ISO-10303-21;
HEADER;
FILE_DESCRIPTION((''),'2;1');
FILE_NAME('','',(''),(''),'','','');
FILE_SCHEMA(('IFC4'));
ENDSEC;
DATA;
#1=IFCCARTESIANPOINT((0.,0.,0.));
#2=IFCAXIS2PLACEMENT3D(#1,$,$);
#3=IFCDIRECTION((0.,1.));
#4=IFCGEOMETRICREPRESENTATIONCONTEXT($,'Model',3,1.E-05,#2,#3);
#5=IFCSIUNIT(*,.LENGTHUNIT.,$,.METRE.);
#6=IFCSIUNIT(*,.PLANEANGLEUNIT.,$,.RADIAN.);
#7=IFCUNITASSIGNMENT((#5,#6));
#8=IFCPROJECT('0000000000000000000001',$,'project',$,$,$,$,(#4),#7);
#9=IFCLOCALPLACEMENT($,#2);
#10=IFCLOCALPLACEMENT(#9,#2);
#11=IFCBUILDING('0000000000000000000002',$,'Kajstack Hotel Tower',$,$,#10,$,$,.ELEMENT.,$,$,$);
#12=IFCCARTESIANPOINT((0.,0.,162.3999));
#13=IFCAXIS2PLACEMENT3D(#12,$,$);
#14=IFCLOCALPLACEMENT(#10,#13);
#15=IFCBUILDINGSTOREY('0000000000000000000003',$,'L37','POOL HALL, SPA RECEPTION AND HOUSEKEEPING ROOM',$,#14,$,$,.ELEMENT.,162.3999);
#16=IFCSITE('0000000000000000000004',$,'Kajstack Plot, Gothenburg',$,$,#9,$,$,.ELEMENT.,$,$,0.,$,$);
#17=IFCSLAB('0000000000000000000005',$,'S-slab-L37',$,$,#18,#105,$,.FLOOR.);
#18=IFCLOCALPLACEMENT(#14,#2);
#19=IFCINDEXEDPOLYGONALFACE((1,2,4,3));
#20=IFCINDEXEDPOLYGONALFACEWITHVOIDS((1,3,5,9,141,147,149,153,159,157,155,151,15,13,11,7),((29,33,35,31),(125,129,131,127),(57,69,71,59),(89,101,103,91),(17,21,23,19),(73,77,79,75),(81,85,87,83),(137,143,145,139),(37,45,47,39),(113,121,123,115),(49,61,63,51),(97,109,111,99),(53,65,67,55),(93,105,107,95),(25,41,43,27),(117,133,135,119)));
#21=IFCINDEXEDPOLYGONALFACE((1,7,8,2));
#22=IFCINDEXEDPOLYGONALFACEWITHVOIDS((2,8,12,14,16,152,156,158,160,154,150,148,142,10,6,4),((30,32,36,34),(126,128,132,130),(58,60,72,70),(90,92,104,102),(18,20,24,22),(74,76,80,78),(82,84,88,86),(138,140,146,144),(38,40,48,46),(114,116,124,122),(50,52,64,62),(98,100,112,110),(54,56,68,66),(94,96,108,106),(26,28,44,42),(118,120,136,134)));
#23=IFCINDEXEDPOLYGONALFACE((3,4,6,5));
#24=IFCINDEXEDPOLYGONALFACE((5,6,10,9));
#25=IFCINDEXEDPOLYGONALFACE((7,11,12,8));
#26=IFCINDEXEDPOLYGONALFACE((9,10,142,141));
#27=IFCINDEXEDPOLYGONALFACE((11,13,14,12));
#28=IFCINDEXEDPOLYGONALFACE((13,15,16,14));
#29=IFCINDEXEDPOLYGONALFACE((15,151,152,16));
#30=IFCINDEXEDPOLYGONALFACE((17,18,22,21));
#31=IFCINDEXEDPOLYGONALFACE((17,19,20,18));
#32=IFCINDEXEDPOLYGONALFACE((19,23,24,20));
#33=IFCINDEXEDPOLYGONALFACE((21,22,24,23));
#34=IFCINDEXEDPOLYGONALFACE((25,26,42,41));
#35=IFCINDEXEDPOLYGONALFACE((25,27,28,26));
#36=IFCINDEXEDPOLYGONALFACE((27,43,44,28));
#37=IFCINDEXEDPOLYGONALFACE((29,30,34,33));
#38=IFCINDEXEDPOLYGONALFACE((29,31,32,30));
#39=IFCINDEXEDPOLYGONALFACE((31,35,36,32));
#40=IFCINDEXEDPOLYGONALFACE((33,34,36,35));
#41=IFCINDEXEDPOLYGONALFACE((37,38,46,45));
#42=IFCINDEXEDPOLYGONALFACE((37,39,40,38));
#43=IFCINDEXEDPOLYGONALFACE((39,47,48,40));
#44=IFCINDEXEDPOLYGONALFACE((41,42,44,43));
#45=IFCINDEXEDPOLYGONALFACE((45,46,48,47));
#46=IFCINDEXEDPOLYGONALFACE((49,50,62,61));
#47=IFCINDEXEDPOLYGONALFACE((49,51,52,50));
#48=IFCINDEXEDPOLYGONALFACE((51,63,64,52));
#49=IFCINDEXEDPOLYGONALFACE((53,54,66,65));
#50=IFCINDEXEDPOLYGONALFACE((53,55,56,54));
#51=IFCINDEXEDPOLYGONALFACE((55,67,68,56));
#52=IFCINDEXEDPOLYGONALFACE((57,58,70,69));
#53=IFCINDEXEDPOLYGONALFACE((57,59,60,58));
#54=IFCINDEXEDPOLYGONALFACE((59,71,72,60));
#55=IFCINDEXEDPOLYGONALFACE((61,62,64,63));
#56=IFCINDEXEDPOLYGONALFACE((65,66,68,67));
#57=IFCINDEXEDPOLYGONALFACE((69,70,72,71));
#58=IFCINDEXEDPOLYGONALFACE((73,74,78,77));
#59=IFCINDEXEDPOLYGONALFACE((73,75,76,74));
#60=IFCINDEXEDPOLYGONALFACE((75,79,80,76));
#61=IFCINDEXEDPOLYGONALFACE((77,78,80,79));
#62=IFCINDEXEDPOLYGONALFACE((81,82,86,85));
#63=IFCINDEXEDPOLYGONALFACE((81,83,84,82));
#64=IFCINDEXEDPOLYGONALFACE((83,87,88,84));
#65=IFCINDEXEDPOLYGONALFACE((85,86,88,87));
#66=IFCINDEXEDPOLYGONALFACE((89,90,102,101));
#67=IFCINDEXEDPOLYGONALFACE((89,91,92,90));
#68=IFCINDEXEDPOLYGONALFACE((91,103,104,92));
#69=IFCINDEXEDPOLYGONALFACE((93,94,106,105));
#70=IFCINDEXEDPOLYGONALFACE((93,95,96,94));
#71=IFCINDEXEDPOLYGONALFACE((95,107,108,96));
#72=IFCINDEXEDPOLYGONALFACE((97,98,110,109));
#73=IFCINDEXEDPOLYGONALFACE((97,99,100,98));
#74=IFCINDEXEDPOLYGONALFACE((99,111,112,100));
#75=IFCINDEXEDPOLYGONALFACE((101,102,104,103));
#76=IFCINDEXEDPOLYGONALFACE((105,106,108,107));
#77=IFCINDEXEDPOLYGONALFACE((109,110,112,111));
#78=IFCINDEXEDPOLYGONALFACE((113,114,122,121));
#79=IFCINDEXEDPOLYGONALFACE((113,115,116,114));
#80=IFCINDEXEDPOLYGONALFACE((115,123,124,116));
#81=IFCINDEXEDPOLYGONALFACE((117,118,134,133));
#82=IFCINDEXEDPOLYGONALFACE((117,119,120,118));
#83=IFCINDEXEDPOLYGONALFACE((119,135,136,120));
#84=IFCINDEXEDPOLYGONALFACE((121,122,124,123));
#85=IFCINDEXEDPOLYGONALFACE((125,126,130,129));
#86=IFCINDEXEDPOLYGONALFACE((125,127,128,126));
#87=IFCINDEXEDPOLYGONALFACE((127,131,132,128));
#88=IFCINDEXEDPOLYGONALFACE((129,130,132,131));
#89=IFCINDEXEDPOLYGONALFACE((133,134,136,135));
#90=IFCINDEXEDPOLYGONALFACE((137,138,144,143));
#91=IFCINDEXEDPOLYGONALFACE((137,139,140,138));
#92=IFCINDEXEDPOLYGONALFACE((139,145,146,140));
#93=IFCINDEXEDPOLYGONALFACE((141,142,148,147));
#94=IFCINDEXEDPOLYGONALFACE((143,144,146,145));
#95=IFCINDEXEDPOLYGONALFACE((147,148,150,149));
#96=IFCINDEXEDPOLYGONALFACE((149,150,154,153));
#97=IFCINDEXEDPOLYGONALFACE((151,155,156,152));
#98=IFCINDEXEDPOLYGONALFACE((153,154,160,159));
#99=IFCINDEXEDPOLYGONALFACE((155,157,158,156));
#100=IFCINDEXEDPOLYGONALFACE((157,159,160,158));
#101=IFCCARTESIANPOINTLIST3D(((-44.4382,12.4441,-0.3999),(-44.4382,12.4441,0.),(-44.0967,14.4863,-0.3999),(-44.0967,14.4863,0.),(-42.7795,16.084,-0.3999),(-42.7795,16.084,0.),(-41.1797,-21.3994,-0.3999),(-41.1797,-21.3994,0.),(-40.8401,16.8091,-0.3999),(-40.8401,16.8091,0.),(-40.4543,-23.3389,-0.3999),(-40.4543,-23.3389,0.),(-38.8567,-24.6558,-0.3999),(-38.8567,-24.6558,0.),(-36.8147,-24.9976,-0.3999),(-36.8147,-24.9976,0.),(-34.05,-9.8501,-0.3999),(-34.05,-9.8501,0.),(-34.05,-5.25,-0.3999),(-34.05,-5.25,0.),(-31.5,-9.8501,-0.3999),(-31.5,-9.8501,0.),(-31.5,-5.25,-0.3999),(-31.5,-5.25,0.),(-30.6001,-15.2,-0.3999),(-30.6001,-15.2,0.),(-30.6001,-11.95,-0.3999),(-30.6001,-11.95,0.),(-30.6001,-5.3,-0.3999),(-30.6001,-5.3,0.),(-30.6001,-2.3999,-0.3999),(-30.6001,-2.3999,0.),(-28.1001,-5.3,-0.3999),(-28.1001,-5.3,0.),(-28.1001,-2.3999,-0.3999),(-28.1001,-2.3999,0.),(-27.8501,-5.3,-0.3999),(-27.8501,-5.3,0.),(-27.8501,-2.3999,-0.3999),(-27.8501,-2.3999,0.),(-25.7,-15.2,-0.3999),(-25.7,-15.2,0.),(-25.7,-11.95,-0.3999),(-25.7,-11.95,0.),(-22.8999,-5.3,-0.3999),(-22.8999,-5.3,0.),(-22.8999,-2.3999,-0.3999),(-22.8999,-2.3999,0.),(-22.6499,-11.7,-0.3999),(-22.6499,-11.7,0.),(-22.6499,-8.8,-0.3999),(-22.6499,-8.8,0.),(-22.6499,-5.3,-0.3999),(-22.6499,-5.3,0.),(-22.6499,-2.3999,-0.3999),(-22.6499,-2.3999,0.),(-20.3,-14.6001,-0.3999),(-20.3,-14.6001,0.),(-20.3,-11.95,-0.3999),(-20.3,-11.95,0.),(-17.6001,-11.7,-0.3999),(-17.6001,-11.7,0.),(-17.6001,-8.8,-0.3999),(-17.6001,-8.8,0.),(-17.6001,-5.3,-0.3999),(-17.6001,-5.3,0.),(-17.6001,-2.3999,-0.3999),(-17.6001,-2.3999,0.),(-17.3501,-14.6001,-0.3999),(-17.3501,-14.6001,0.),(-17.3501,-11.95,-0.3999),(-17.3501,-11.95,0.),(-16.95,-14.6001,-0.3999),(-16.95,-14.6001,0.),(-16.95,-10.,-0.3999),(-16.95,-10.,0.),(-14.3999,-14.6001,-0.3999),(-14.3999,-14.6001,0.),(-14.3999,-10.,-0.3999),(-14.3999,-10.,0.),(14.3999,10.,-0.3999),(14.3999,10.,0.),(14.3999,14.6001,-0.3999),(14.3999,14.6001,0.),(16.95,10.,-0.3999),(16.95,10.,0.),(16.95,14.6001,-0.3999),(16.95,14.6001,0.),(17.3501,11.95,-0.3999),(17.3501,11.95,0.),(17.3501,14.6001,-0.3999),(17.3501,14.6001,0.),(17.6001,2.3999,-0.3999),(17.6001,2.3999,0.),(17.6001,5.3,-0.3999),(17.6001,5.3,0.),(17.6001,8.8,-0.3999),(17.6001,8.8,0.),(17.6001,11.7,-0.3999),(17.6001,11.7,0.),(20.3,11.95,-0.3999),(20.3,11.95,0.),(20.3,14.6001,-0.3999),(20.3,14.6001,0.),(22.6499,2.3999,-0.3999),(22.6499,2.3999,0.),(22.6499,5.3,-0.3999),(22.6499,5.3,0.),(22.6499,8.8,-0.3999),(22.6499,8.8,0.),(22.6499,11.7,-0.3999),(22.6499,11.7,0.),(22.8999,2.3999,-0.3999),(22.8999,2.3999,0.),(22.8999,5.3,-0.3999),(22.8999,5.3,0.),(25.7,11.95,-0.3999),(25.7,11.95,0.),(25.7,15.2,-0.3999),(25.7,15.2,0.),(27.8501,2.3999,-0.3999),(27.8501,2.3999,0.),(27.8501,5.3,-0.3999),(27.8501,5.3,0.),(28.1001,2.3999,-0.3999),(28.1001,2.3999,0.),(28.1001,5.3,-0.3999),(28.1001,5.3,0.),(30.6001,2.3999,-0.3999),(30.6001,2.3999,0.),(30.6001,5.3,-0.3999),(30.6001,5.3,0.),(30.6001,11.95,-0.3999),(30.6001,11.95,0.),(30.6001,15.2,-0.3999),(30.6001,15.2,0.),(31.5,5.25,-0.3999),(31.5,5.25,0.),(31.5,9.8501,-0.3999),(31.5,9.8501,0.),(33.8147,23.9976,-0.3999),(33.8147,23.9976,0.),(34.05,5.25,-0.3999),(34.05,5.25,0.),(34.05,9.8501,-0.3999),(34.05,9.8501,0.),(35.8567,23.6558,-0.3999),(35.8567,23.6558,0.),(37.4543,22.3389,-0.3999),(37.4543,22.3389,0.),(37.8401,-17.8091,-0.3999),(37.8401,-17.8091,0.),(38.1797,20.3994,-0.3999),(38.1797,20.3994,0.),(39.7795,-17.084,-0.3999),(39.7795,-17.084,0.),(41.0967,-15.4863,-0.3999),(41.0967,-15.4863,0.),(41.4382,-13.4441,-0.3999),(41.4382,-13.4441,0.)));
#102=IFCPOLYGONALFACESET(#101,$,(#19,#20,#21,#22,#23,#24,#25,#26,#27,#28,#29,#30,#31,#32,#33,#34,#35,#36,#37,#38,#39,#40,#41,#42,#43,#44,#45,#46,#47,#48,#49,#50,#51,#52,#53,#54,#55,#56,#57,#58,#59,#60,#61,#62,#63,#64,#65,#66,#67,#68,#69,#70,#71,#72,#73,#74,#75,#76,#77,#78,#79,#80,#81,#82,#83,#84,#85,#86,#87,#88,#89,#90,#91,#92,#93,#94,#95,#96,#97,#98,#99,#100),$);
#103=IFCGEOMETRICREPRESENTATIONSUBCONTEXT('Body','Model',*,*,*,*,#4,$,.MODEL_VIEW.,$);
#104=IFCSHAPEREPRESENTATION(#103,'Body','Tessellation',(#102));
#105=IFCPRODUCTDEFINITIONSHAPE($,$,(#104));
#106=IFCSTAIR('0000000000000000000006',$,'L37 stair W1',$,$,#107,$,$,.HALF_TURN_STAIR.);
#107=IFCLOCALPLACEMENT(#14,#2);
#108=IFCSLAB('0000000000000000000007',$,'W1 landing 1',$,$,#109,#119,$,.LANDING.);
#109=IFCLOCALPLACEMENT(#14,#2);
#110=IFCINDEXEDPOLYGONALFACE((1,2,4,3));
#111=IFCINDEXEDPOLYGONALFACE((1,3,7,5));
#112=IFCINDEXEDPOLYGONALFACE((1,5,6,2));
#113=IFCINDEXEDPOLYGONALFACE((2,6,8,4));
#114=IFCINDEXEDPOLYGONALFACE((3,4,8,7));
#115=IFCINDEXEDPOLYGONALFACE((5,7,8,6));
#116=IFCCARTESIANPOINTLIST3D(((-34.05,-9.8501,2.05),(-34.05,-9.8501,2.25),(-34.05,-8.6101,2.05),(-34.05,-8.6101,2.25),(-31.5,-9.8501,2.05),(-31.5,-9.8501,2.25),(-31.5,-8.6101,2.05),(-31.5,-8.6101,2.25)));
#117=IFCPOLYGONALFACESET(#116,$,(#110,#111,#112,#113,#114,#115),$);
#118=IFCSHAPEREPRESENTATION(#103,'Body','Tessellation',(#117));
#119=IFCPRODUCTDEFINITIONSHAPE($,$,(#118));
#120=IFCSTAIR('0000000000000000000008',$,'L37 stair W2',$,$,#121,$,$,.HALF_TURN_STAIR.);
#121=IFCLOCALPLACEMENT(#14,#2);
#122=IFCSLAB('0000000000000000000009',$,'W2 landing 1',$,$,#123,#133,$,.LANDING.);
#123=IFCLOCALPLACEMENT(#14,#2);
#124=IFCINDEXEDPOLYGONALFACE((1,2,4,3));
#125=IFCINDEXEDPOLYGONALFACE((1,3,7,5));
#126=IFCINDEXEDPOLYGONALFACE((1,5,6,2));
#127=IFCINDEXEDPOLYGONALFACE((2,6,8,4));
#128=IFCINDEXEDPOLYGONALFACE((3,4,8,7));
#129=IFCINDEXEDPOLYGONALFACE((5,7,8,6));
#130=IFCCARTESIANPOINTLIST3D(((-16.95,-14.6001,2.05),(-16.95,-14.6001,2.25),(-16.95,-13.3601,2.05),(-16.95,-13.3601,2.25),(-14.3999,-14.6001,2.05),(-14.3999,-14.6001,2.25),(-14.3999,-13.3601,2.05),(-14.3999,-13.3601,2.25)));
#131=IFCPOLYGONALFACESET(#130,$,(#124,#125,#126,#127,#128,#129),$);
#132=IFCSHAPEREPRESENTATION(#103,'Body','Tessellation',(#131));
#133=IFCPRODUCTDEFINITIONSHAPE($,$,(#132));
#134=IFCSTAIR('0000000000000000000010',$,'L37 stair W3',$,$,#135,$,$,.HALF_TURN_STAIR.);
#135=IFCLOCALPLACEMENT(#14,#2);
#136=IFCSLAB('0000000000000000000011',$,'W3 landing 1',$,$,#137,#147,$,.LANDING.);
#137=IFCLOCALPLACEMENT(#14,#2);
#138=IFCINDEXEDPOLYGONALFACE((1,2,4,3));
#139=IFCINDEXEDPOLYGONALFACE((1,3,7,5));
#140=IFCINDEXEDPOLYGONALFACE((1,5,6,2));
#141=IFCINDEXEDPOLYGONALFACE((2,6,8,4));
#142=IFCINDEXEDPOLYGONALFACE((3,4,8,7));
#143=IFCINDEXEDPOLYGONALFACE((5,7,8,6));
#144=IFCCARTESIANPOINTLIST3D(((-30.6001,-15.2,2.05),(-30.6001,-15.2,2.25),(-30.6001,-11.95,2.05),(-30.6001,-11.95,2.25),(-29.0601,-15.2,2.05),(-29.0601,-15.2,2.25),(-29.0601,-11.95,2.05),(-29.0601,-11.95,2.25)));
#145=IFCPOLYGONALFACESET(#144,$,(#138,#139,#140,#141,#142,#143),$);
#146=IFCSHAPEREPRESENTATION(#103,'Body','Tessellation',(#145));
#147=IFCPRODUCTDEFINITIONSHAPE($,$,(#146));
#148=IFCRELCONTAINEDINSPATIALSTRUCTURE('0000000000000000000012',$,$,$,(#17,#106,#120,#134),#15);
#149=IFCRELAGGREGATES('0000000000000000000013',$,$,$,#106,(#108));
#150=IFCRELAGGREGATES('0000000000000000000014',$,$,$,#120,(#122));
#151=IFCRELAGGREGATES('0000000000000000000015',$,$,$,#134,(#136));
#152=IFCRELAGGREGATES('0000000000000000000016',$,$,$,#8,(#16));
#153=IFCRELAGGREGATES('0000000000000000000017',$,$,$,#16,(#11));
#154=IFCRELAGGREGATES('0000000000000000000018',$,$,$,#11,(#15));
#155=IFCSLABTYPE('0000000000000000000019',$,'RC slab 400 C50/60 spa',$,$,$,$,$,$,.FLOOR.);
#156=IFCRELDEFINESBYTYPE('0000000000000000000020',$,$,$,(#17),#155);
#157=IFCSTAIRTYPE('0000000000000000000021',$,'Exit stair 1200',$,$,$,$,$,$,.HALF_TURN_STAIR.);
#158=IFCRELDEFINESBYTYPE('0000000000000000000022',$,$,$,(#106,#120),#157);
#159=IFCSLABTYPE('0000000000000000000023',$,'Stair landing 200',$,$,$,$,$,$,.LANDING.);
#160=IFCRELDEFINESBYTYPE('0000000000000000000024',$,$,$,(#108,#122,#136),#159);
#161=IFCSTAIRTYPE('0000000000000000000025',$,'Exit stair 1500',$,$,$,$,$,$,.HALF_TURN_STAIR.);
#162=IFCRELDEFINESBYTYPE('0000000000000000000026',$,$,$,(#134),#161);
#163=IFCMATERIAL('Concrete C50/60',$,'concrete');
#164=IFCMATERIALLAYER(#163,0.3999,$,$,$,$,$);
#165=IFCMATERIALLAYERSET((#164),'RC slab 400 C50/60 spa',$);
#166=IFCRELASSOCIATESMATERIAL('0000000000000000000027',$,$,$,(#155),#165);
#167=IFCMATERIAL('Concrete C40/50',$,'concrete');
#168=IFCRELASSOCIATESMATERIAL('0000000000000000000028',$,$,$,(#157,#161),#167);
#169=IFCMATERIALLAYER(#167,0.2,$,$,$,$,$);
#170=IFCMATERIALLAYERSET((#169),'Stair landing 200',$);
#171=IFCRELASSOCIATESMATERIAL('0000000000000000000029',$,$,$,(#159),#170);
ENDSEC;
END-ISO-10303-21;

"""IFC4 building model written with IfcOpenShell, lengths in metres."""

from ifc_helpers import new_model, si_unit, direction, frame, origin, place, context, subcontext, project, spatial, polyline, outline, extrude, material, layer, layer_set, type_object, element, aggregate, save


model = new_model("IFC4")

# Units and contexts
model_context = context("Model", 3, precision=1e-05, world=origin(), true_north=direction((0.0, 1.0)))
body_context = subcontext(model_context, "Body", "Model", "MODEL_VIEW")
ifc_project = project(units=[si_unit("LENGTHUNIT", "METRE"), si_unit("PLANEANGLEUNIT", "RADIAN")], contexts=[model_context])

# Site, building, storey
site_placement = place(None, origin())
site = spatial("IfcSite", under=ifc_project, at=site_placement, Name="Kajstack Plot, Gothenburg", CompositionType="ELEMENT", RefElevation=0.0)
building_placement = place(site_placement, origin())
building = spatial("IfcBuilding", under=site, at=building_placement, Name="Kajstack Hotel Tower", CompositionType="ELEMENT")
storey_placement = place(building_placement, frame((0.0, 0.0, 162.3999)))
storey = spatial("IfcBuildingStorey", under=building, at=storey_placement, Name="L37", Description="POOL HALL, SPA RECEPTION AND HOUSEKEEPING ROOM", CompositionType="ELEMENT", Elevation=162.3999)

# Shared definitions
ifc_material_1 = material(Name="Concrete C50/60", Category="concrete")

# Slab
ifc_layer_1 = layer(ifc_material_1, 0.3999)
ifc_layer_set_1 = layer_set([ifc_layer_1], Name="RC slab 400 C50/60 spa")
slab_type_1 = type_object("IfcSlabType", Name="RC slab 400 C50/60 spa", PredefinedType="FLOOR", material=ifc_layer_set_1)
slab_1_placement = place(storey_placement, frame((0.0, 0.0, -0.3999)))
element("IfcSlab", 1, at=slab_1_placement, inside=storey, type_object=slab_type_1, Name="S-slab-L37", PredefinedType="FLOOR", context=body_context, shape_type="SweptSolid", body=[
    extrude(outline(polyline([(-44.4382, 12.4441), (-41.1797, -21.3994), (-40.4543, -23.3389), (-38.8567, -24.6558), (-36.8147, -24.9976), (37.8401, -17.8091), (39.7795, -17.084), (41.0967, -15.4863), (41.4382, -13.4441), (38.1797, 20.3994), (37.4543, 22.3389), (35.8567, 23.6558), (33.8147, 23.9976), (-40.8401, 16.8091), (-42.7795, 16.084), (-44.0967, 14.4863), (-44.4382, 12.4441)]), holes=[polyline([(-22.6499, -11.7), (-22.6499, -8.8), (-17.6001, -8.8), (-17.6001, -11.7), (-22.6499, -11.7)]), polyline([(-27.8501, -5.3), (-27.8501, -2.3999), (-22.8999, -2.3999), (-22.8999, -5.3), (-27.8501, -5.3)]), polyline([(-22.6499, -5.3), (-22.6499, -2.3999), (-17.6001, -2.3999), (-17.6001, -5.3), (-22.6499, -5.3)]), polyline([(-20.3, -14.6001), (-17.3501, -14.6001), (-17.3501, -11.95), (-20.3, -11.95), (-20.3, -14.6001)]), polyline([(-30.6001, -5.3), (-28.1001, -5.3), (-28.1001, -2.3999), (-30.6001, -2.3999), (-30.6001, -5.3)]), polyline([(17.6001, 8.8), (17.6001, 11.7), (22.6499, 11.7), (22.6499, 8.8), (17.6001, 8.8)]), polyline([(22.8999, 2.3999), (22.8999, 5.3), (27.8501, 5.3), (27.8501, 2.3999), (22.8999, 2.3999)]), polyline([(17.6001, 2.3999), (17.6001, 5.3), (22.6499, 5.3), (22.6499, 2.3999), (17.6001, 2.3999)]), polyline([(20.3, 14.6001), (17.3501, 14.6001), (17.3501, 11.95), (20.3, 11.95), (20.3, 14.6001)]), polyline([(30.6001, 5.3), (28.1001, 5.3), (28.1001, 2.3999), (30.6001, 2.3999), (30.6001, 5.3)]), polyline([(-34.05, -9.8501), (-31.5, -9.8501), (-31.5, -5.25), (-34.05, -5.25), (-34.05, -9.8501)]), polyline([(-16.95, -14.6001), (-14.3999, -14.6001), (-14.3999, -10.0), (-16.95, -10.0), (-16.95, -14.6001)]), polyline([(-30.6001, -15.2), (-25.7, -15.2), (-25.7, -11.95), (-30.6001, -11.95), (-30.6001, -15.2)]), polyline([(34.05, 9.8501), (31.5, 9.8501), (31.5, 5.25), (34.05, 5.25), (34.05, 9.8501)]), polyline([(16.95, 14.6001), (14.3999, 14.6001), (14.3999, 10.0), (16.95, 10.0), (16.95, 14.6001)]), polyline([(30.6001, 15.2), (25.7, 15.2), (25.7, 11.95), (30.6001, 11.95), (30.6001, 15.2)])]), origin(), (0.0, 0.0, 1.0), 0.3999),
])

# Stairs, slabs
ifc_material_2 = material(Name="Concrete C40/50", Category="concrete")
stair_type_1 = type_object("IfcStairType", Name="Exit stair 1200", PredefinedType="HALF_TURN_STAIR", material=ifc_material_2)
stair_1_placement = place(storey_placement, origin())
stair_1 = element("IfcStair", 2, at=stair_1_placement, inside=storey, type_object=stair_type_1, Name="L37 stair W1", PredefinedType="HALF_TURN_STAIR")
ifc_layer_2 = layer(ifc_material_2, 0.2)
ifc_layer_set_2 = layer_set([ifc_layer_2], Name="Stair landing 200")
slab_type_2 = type_object("IfcSlabType", Name="Stair landing 200", PredefinedType="LANDING", material=ifc_layer_set_2)
slab_2_placement = place(storey_placement, frame((0.0, 0.0, 2.05)))
slab_2 = element("IfcSlab", 3, at=slab_2_placement, type_object=slab_type_2, Name="W1 landing 1", PredefinedType="LANDING", context=body_context, shape_type="SweptSolid", body=[
    extrude(outline(polyline([(-34.05, -8.6101), (-34.05, -9.8501), (-31.5, -9.8501), (-31.5, -8.6101), (-34.05, -8.6101)])), origin(), (0.0, 0.0, 1.0), 0.2),
])
aggregate(stair_1, [slab_2])
stair_2_placement = place(storey_placement, origin())
stair_2 = element("IfcStair", 4, at=stair_2_placement, inside=storey, type_object=stair_type_1, Name="L37 stair W2", PredefinedType="HALF_TURN_STAIR")
slab_3_placement = place(storey_placement, frame((0.0, 0.0, 2.05)))
slab_3 = element("IfcSlab", 5, at=slab_3_placement, type_object=slab_type_2, Name="W2 landing 1", PredefinedType="LANDING", context=body_context, shape_type="SweptSolid", body=[
    extrude(outline(polyline([(-16.95, -13.3601), (-16.95, -14.6001), (-14.3999, -14.6001), (-14.3999, -13.3601), (-16.95, -13.3601)])), origin(), (0.0, 0.0, 1.0), 0.2),
])
aggregate(stair_2, [slab_3])
stair_type_2 = type_object("IfcStairType", Name="Exit stair 1500", PredefinedType="HALF_TURN_STAIR", material=ifc_material_2)
stair_3_placement = place(storey_placement, origin())
stair_3 = element("IfcStair", 6, at=stair_3_placement, inside=storey, type_object=stair_type_2, Name="L37 stair W3", PredefinedType="HALF_TURN_STAIR")
slab_4_placement = place(storey_placement, frame((0.0, 0.0, 2.05)))
slab_4 = element("IfcSlab", 7, at=slab_4_placement, type_object=slab_type_2, Name="W3 landing 1", PredefinedType="LANDING", context=body_context, shape_type="SweptSolid", body=[
    extrude(outline(polyline([(-29.0601, -11.95), (-30.6001, -11.95), (-30.6001, -15.2), (-29.0601, -15.2), (-29.0601, -11.95)])), origin(), (0.0, 0.0, 1.0), 0.2),
])
aggregate(stair_3, [slab_4])

save(model, "model.ifc")
